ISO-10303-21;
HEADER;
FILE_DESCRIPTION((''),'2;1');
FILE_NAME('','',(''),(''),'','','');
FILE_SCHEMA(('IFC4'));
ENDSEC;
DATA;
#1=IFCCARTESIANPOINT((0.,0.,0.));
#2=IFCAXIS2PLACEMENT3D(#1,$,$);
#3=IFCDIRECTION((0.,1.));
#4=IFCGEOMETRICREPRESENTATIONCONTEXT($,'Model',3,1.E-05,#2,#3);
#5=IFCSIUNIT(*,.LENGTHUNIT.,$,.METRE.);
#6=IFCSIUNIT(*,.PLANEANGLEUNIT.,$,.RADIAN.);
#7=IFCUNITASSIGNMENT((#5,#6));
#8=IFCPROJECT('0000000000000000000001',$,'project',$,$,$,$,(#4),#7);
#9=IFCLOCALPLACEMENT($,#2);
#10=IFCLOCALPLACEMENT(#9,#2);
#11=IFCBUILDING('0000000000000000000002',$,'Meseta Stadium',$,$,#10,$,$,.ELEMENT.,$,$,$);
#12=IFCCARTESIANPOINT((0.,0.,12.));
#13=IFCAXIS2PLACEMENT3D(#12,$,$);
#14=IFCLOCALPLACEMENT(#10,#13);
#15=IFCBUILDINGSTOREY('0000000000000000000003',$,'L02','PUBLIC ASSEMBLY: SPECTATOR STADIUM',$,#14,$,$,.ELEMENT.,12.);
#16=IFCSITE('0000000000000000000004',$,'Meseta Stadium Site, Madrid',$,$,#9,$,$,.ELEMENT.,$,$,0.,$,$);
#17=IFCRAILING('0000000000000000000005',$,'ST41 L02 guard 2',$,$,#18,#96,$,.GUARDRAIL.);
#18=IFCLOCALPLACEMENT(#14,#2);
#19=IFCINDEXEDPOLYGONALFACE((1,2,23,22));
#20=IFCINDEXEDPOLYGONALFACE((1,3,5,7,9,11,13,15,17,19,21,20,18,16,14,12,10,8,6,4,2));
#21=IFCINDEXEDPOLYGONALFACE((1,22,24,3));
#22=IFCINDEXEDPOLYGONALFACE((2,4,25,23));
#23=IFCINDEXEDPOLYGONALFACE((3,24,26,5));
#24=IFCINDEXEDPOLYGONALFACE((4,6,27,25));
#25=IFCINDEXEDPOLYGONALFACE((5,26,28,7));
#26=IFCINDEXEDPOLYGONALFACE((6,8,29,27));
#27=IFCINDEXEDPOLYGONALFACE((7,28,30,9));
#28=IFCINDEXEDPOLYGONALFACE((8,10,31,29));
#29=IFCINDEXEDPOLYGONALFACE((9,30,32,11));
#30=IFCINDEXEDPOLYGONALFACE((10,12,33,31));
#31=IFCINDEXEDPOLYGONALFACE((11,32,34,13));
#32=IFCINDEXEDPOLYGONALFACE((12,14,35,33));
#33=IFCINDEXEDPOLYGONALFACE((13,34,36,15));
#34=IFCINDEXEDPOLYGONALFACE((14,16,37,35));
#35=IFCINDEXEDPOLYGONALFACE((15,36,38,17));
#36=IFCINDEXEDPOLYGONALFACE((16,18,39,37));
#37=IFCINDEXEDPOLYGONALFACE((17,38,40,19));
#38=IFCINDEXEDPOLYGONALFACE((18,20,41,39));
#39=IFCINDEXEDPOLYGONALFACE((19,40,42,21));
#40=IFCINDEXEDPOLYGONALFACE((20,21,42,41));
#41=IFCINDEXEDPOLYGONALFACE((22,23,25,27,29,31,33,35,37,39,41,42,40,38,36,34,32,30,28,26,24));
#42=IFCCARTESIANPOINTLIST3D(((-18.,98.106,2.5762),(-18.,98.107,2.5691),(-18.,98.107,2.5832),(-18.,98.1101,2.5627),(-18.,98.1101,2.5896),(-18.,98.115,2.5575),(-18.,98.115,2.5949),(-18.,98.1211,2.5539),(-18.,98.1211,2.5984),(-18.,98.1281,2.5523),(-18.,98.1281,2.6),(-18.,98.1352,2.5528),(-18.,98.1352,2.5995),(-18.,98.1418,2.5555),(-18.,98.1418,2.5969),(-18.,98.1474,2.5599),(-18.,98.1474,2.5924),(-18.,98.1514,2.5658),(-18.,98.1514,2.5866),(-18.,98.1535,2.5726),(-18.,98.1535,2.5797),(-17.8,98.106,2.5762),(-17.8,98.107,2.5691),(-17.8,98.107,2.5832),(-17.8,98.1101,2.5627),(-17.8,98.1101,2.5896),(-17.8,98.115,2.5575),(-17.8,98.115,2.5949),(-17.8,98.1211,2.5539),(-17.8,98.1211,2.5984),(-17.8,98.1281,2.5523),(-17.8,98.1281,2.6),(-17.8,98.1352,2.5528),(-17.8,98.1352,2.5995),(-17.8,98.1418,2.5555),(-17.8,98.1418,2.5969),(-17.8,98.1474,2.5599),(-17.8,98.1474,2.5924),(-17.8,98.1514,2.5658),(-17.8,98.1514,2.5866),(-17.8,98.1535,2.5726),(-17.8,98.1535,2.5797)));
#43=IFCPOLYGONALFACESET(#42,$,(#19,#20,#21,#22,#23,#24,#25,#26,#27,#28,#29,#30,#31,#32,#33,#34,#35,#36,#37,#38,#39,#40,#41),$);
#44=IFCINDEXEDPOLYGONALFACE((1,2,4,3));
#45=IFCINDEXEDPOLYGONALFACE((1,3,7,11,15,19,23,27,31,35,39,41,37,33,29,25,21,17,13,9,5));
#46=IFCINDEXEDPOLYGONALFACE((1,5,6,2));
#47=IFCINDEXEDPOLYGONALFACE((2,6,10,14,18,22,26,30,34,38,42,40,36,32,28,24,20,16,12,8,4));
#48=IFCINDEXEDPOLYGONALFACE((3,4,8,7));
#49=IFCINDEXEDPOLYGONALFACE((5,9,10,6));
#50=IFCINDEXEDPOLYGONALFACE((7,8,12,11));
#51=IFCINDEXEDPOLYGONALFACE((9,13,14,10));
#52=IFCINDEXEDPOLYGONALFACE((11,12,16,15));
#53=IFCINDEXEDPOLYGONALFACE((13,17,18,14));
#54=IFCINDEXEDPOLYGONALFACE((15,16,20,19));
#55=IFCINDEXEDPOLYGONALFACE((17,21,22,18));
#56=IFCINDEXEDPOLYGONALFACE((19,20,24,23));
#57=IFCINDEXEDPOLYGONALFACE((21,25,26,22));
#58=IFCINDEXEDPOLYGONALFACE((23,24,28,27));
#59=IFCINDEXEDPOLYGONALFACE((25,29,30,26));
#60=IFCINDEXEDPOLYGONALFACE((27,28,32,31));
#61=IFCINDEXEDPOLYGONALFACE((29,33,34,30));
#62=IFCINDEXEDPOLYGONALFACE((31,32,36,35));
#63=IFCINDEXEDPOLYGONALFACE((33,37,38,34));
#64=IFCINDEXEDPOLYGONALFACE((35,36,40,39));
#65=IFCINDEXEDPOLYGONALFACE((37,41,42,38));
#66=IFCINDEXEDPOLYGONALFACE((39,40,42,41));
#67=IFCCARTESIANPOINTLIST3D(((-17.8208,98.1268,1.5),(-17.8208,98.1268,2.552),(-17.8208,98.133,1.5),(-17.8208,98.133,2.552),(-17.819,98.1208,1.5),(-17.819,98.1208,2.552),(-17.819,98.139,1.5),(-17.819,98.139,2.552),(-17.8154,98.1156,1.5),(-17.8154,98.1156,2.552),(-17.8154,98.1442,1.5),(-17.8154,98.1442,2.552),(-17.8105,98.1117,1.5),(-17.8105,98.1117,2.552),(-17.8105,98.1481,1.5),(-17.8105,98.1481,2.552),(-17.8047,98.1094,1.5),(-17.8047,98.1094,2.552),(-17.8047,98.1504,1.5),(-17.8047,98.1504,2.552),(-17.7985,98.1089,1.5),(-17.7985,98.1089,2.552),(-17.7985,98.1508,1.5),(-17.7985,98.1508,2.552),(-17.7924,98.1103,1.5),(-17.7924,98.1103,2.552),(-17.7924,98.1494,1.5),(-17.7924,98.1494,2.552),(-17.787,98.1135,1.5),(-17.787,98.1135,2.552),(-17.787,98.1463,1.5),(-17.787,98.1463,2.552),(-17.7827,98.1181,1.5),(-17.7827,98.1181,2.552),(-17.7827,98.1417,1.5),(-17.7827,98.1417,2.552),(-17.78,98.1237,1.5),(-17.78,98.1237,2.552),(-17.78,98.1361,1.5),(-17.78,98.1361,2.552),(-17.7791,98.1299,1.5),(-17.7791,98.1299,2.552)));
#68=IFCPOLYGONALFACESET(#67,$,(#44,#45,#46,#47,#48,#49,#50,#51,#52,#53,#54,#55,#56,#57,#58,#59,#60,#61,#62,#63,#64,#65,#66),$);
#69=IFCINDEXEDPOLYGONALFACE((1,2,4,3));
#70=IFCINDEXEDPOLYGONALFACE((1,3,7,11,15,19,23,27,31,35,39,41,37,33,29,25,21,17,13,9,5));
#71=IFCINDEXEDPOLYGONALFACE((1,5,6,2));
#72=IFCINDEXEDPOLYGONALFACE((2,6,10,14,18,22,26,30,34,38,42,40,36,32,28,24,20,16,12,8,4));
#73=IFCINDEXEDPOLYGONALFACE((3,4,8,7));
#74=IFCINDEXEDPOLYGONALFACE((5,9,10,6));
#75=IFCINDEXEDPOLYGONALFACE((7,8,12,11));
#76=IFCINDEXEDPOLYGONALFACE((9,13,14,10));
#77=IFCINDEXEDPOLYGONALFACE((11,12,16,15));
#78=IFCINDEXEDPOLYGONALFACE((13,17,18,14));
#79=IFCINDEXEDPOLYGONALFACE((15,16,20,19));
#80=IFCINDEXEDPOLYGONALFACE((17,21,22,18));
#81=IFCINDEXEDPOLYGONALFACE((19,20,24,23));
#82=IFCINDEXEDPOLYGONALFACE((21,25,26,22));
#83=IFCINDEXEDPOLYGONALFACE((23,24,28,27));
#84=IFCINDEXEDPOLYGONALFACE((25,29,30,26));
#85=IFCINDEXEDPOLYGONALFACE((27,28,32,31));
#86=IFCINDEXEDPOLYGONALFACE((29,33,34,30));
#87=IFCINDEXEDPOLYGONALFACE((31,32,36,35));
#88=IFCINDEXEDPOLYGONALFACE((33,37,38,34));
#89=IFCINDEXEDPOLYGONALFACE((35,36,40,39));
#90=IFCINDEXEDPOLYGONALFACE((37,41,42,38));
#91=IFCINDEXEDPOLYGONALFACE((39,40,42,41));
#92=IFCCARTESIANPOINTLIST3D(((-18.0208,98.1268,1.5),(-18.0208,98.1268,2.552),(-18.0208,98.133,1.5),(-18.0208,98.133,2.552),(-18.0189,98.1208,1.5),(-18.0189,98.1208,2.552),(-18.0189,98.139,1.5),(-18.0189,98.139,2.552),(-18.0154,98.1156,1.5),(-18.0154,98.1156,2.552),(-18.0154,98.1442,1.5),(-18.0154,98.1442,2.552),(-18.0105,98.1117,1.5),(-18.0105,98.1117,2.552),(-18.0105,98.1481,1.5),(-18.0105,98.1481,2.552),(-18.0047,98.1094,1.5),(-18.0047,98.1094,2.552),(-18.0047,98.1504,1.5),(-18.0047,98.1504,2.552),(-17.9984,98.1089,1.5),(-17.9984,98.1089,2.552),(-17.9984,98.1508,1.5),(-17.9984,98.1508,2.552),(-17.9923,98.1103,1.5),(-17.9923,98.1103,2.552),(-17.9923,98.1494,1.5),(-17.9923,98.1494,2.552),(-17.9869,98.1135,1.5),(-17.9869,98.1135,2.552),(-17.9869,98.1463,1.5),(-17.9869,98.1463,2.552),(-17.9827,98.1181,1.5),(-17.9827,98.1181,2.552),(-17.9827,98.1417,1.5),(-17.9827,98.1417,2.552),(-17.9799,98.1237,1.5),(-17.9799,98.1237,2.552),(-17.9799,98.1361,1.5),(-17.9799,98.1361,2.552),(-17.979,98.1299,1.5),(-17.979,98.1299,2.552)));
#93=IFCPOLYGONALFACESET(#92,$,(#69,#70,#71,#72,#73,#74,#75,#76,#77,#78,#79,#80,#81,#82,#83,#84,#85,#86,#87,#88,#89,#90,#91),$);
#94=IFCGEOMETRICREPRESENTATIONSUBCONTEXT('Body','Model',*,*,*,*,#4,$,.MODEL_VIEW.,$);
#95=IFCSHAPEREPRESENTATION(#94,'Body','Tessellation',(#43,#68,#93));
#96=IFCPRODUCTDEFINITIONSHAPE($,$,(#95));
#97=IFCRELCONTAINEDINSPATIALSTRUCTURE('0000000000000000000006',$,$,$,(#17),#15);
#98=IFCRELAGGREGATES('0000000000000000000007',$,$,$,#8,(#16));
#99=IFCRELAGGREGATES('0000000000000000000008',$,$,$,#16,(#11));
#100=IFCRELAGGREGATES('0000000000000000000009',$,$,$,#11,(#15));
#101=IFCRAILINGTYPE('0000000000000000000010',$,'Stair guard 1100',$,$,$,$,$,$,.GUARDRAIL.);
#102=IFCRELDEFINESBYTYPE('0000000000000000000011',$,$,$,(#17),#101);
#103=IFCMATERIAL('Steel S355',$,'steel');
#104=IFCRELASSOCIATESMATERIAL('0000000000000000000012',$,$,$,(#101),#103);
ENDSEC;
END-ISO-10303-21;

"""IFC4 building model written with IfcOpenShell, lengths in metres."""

from ifc_helpers import new_model, si_unit, direction, frame, origin, origin_2d, place, context, subcontext, project, spatial, circle, extrude, material, type_object, element, save


model = new_model("IFC4")

# Units and contexts
model_context = context("Model", 3, precision=1e-05, world=origin(), true_north=direction((0.0, 1.0)))
body_context = subcontext(model_context, "Body", "Model", "MODEL_VIEW")
ifc_project = project(units=[si_unit("LENGTHUNIT", "METRE"), si_unit("PLANEANGLEUNIT", "RADIAN")], contexts=[model_context])

# Site, building, storey
site_placement = place(None, origin())
site = spatial("IfcSite", under=ifc_project, at=site_placement, Name="Meseta Stadium Site, Madrid", CompositionType="ELEMENT", RefElevation=0.0)
building_placement = place(site_placement, origin())
building = spatial("IfcBuilding", under=site, at=building_placement, Name="Meseta Stadium", CompositionType="ELEMENT")
storey_placement = place(building_placement, frame((0.0, 0.0, 12.0)))
storey = spatial("IfcBuildingStorey", under=building, at=storey_placement, Name="L02", Description="PUBLIC ASSEMBLY: SPECTATOR STADIUM", CompositionType="ELEMENT", Elevation=12.0)

# Railing
ifc_material_1 = material(Name="Steel S355", Category="steel")
railing_type_1 = type_object("IfcRailingType", Name="Stair guard 1100", PredefinedType="GUARDRAIL", material=ifc_material_1)
railing_1_placement = place(storey_placement, frame((-17.8, 98.1299, 1.5)))
element("IfcRailing", 1, at=railing_1_placement, inside=storey, type_object=railing_type_1, Name="ST41 L02 guard 2", PredefinedType="GUARDRAIL", context=body_context, shape_type="SweptSolid", body=[
    extrude(circle(Radius=0.0239, at=origin_2d()), frame((0.0, 0.0, 1.0762), z_axis=(-1.0, 0.0, 0.0), x_axis=(0.0, -1.0, 0.0)), (0.0, 0.0, 1.0), 0.2),
    extrude(circle(Radius=0.021, at=origin_2d()), origin(), (0.0, 0.0, 1.0), 1.052),
    extrude(circle(Radius=0.021, at=origin_2d()), frame((-0.2, 0.0, 0.0)), (0.0, 0.0, 1.0), 1.052),
])

save(model, "model.ifc")
